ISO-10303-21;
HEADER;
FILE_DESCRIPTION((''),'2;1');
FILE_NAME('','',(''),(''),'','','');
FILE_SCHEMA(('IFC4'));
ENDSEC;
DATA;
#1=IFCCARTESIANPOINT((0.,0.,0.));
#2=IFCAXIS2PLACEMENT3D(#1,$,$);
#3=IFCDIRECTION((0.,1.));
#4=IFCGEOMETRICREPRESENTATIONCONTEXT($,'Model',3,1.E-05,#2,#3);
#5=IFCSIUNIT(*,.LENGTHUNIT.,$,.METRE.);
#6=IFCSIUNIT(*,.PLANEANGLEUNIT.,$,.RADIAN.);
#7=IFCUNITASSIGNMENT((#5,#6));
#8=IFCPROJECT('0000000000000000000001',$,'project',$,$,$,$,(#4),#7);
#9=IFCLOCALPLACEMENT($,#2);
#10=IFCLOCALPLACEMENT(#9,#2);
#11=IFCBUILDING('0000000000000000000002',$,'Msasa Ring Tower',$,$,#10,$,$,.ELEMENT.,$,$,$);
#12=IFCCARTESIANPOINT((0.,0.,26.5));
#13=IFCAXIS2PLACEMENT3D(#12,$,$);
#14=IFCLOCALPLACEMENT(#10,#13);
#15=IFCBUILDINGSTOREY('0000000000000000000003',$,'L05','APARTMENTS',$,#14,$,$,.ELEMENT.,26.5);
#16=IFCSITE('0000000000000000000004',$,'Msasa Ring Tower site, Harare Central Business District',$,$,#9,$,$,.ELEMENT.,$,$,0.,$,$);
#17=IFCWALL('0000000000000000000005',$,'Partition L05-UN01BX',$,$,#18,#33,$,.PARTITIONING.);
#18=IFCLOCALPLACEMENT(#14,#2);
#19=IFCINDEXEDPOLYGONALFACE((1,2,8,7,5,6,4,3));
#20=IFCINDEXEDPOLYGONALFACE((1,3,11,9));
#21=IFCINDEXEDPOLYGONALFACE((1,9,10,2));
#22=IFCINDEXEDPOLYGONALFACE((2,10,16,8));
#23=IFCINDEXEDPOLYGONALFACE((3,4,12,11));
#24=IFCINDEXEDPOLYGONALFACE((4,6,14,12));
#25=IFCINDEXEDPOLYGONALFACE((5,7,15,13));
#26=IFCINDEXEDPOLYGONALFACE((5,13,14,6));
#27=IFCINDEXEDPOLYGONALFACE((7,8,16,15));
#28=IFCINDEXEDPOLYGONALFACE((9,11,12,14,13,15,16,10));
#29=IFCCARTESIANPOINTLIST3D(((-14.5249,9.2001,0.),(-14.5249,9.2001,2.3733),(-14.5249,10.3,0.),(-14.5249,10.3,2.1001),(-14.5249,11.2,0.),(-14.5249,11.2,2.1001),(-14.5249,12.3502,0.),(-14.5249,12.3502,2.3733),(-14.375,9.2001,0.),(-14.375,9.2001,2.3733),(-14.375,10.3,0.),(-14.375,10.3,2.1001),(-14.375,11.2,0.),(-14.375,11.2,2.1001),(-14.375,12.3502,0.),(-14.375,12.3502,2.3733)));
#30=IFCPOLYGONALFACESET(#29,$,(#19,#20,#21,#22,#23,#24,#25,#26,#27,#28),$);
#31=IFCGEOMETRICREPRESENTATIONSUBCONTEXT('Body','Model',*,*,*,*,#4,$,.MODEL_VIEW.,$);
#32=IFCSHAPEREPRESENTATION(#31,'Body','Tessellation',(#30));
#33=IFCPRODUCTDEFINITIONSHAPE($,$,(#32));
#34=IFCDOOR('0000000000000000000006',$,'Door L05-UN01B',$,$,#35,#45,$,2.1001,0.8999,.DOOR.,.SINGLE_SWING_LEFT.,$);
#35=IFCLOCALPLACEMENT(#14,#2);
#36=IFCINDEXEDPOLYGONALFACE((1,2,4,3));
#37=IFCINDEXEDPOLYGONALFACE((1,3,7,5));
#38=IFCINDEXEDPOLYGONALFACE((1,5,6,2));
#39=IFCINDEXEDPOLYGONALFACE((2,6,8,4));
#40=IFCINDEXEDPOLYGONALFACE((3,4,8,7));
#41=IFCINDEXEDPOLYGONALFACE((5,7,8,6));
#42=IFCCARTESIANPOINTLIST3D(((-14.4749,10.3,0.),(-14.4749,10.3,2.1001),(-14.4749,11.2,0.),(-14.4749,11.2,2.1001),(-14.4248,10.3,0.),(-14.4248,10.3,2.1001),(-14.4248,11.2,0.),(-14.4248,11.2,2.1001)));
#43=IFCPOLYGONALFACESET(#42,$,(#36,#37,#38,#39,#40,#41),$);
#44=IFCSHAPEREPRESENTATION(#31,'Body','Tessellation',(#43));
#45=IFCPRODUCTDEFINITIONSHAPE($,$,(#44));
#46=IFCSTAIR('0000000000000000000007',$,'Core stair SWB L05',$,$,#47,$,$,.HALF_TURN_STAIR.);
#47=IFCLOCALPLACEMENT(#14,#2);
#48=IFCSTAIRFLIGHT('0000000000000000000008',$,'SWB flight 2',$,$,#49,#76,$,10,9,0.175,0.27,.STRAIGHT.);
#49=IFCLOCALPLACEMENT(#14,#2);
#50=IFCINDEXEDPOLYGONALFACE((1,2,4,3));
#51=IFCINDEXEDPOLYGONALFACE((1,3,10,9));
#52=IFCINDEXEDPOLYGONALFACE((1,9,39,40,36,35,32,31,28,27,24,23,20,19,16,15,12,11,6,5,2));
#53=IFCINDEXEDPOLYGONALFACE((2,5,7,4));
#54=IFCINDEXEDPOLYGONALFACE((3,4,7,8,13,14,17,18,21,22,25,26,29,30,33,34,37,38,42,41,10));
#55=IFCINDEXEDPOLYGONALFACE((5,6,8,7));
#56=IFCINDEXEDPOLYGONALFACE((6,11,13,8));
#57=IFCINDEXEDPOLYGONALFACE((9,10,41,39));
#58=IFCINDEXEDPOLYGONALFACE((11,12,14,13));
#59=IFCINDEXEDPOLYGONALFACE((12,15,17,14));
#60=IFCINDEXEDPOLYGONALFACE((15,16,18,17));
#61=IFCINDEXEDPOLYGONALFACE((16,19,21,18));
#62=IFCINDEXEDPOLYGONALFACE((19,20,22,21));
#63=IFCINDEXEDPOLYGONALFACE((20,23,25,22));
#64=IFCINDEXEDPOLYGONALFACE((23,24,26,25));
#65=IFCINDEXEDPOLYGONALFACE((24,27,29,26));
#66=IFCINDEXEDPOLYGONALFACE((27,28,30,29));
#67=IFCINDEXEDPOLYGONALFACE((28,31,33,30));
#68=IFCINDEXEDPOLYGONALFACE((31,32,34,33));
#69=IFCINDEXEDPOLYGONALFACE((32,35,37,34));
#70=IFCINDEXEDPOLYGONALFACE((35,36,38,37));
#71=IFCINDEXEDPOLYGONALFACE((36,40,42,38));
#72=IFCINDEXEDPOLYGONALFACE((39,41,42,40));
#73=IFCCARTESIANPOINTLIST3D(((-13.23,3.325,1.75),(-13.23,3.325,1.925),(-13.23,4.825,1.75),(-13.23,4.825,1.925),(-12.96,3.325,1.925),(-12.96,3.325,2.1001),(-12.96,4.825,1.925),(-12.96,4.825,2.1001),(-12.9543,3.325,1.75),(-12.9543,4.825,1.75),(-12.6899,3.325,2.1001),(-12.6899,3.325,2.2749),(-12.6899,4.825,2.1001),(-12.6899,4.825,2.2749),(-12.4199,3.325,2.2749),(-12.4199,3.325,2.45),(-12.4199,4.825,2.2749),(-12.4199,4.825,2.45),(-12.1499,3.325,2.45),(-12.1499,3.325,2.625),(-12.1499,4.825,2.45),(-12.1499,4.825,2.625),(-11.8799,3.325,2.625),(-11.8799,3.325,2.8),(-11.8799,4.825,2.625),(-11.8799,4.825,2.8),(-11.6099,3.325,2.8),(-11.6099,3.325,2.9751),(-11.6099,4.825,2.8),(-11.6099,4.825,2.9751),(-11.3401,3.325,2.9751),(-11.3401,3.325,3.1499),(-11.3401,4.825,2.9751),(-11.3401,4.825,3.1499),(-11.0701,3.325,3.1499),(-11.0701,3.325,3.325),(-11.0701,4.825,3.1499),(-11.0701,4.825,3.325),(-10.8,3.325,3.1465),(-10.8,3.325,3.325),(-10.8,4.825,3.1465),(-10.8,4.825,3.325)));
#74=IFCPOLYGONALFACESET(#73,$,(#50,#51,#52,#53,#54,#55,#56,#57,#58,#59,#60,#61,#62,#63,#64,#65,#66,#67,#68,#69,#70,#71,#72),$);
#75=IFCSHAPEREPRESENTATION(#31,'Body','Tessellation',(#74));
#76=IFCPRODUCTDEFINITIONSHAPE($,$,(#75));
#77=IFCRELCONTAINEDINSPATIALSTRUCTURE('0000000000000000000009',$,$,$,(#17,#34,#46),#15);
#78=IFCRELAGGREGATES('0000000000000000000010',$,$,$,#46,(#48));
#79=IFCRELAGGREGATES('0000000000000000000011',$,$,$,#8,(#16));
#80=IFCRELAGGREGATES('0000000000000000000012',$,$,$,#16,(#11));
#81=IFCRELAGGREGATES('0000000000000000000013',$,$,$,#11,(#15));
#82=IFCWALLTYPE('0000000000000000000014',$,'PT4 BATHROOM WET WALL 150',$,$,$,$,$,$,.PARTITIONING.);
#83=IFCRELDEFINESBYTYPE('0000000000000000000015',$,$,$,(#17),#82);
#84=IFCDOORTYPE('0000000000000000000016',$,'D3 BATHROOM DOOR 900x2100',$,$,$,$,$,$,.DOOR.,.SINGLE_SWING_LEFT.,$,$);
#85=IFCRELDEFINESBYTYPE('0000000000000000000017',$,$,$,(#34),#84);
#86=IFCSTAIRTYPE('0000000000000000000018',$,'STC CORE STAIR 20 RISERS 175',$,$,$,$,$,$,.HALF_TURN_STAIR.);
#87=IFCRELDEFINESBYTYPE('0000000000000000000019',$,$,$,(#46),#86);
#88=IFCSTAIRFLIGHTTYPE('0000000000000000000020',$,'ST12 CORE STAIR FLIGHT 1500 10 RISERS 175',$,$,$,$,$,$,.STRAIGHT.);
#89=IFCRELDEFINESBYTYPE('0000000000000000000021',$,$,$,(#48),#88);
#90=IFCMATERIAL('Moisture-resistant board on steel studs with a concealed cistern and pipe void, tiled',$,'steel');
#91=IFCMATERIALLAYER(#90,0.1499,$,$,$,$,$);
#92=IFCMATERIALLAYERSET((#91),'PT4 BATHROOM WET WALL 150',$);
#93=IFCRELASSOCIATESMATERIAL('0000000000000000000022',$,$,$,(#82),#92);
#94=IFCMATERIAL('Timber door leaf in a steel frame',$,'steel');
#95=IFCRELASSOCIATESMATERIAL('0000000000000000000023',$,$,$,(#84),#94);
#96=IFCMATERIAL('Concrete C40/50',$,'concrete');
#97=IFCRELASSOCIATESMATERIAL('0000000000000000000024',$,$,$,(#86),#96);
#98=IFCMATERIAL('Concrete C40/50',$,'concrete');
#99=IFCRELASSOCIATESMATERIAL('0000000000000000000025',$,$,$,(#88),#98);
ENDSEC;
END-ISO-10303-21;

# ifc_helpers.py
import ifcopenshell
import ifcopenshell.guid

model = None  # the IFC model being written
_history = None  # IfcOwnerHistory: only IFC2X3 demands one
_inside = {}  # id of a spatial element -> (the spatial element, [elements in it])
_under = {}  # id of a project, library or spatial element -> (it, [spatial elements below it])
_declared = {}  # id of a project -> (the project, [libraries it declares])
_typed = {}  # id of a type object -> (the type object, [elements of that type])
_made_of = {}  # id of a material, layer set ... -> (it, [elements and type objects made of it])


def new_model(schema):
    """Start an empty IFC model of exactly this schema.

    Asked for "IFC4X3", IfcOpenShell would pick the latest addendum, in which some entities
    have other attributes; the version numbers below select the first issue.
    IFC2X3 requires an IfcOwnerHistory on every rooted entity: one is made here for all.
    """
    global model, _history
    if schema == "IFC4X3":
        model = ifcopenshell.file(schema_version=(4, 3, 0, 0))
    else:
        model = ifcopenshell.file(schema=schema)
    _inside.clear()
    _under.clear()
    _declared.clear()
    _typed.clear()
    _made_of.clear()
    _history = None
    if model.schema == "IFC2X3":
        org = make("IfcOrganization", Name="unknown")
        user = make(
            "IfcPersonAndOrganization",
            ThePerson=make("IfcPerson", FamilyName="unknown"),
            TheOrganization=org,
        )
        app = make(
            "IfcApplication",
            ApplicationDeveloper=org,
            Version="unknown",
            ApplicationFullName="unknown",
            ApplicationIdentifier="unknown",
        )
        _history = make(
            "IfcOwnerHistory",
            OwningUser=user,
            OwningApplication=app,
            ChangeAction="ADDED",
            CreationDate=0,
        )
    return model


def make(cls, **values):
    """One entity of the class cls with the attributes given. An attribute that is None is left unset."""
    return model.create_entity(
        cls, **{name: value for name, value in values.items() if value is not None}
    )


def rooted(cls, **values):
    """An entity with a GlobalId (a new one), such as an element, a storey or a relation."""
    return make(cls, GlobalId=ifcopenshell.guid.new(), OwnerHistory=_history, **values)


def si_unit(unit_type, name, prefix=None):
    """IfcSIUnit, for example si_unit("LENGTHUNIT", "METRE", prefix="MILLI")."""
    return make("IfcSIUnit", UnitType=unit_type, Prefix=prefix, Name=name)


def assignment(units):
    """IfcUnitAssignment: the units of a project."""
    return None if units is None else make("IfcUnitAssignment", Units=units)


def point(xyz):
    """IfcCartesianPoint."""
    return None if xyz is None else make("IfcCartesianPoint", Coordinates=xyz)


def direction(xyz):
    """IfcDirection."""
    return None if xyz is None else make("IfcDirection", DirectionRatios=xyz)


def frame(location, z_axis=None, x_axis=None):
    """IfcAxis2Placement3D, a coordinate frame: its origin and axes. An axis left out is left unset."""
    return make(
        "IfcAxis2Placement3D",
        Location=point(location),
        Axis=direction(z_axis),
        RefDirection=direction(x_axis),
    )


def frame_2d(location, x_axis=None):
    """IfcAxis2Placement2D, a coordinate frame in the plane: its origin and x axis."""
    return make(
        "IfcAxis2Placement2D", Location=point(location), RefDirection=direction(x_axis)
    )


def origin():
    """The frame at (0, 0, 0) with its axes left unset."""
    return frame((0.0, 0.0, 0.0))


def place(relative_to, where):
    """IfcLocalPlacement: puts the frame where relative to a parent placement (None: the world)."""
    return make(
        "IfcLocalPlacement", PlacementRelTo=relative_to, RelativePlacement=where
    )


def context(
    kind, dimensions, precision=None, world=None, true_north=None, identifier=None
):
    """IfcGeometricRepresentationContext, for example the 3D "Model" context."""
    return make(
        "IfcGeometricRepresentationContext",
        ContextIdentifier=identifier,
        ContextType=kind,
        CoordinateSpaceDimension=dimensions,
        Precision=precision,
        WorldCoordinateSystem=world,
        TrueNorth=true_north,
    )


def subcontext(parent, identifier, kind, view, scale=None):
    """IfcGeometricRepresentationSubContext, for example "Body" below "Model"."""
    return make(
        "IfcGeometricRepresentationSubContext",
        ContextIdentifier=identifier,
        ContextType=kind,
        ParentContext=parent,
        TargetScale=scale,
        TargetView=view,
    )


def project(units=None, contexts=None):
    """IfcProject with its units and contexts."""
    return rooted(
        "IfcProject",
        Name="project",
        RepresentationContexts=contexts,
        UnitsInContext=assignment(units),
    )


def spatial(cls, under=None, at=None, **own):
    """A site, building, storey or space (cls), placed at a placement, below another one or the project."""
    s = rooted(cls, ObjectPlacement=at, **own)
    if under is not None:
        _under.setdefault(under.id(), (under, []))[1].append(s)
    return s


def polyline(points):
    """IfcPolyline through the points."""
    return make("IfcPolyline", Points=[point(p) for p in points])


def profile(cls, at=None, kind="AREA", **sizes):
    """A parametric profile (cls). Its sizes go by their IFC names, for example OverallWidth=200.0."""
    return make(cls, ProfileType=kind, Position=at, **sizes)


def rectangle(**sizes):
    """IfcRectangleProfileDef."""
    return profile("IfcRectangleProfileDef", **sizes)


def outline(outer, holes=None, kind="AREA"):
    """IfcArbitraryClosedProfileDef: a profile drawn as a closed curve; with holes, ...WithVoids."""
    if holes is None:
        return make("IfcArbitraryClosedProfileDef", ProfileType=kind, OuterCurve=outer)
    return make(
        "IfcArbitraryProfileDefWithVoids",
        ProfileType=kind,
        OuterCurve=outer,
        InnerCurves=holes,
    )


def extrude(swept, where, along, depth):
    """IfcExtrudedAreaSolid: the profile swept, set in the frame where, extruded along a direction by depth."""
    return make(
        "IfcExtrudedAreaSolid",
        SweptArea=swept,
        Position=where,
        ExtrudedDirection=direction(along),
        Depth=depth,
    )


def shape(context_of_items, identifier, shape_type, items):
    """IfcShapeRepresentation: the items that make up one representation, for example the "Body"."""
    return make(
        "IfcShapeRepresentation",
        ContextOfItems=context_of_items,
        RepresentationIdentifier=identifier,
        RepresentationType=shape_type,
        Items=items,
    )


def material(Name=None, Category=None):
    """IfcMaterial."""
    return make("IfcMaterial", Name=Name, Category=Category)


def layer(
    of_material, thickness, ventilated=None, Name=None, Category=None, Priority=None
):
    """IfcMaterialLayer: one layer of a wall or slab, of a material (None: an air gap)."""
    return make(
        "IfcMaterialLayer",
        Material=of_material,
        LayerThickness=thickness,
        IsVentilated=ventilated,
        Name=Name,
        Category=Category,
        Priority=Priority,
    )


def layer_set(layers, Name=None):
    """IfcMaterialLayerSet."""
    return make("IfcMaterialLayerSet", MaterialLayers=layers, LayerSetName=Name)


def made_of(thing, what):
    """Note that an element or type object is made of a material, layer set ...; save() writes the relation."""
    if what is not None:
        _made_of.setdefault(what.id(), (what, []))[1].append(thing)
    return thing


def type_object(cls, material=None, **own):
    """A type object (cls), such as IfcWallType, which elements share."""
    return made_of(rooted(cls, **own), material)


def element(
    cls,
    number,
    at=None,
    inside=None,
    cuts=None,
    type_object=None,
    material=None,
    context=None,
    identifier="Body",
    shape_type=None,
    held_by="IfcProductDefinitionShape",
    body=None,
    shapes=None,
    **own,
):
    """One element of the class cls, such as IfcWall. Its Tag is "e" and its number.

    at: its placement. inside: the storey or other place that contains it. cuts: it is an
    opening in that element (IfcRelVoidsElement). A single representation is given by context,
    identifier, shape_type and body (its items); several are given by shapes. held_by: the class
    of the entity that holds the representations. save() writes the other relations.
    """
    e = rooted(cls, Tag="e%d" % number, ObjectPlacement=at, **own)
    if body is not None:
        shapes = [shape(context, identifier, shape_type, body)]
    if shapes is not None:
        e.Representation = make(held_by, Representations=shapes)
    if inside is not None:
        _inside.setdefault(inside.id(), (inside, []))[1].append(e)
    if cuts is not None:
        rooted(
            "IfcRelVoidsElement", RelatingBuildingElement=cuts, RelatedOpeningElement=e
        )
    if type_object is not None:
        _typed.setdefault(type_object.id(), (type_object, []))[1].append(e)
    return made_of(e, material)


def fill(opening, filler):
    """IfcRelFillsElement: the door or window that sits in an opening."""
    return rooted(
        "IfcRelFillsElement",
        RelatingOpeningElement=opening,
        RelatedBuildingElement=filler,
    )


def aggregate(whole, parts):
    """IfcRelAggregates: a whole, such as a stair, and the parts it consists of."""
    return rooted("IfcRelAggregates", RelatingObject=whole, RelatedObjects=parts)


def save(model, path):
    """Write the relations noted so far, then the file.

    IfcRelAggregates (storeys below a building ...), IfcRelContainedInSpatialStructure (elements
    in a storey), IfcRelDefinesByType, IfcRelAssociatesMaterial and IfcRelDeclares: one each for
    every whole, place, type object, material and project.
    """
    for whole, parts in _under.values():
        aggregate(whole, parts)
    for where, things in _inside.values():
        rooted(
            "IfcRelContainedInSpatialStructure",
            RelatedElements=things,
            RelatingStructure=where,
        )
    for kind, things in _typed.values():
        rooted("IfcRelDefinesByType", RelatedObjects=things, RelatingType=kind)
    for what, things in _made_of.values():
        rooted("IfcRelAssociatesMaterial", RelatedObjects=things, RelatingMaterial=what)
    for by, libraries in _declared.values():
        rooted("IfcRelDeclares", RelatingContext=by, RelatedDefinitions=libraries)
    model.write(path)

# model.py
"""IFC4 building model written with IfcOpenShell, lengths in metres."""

from ifc_helpers import new_model, si_unit, direction, frame, frame_2d, origin, place, context, subcontext, project, spatial, polyline, rectangle, outline, extrude, material, layer, layer_set, type_object, element, fill, aggregate, save


model = new_model("IFC4")

# Units and contexts
model_context = context("Model", 3, precision=1e-05, world=origin(), true_north=direction((0.0, 1.0)))
body_context = subcontext(model_context, "Body", "Model", "MODEL_VIEW")
ifc_project = project(units=[si_unit("LENGTHUNIT", "METRE"), si_unit("PLANEANGLEUNIT", "RADIAN")], contexts=[model_context])

# Site, building, storey
site_placement = place(None, origin())
site = spatial("IfcSite", under=ifc_project, at=site_placement, Name="Msasa Ring Tower site, Harare Central Business District", CompositionType="ELEMENT", RefElevation=0.0)
building_placement = place(site_placement, origin())
building = spatial("IfcBuilding", under=site, at=building_placement, Name="Msasa Ring Tower", CompositionType="ELEMENT")
storey_placement = place(building_placement, frame((0.0, 0.0, 26.5)))
storey = spatial("IfcBuildingStorey", under=building, at=storey_placement, Name="L05", Description="APARTMENTS", CompositionType="ELEMENT", Elevation=26.5)

# Wall, opening, door
ifc_material_1 = material(Name="Moisture-resistant board on steel studs with a concealed cistern and pipe void, tiled", Category="steel")
ifc_layer_1 = layer(ifc_material_1, 0.1499)
ifc_layer_set_1 = layer_set([ifc_layer_1], Name="PT4 BATHROOM WET WALL 150")
wall_type_1 = type_object("IfcWallType", Name="PT4 BATHROOM WET WALL 150", PredefinedType="PARTITIONING", material=ifc_layer_set_1)
wall_1_placement = place(storey_placement, frame((-14.45, 9.2, 0.0), z_axis=(0.0, 0.0, 1.0), x_axis=(0.0, 1.0, 0.0)))
wall_1 = element("IfcWall", 1, at=wall_1_placement, inside=storey, type_object=wall_type_1, Name="Partition L05-UN01BX", PredefinedType="PARTITIONING", context=body_context, shape_type="SweptSolid", body=[
    extrude(rectangle(XDim=3.1501, YDim=0.1499, at=frame_2d((1.5752, 0.0))), origin(), (0.0, 0.0, 1.0), 2.3733),
])
opening_1_placement = place(wall_1_placement, frame((1.1001, 0.0, 0.0)))
opening_1 = element("IfcOpeningElement", 2, at=opening_1_placement, cuts=wall_1, PredefinedType="OPENING", context=body_context, shape_type="SweptSolid", body=[
    extrude(rectangle(XDim=0.8999, YDim=2.1001, at=frame_2d((0.45, 1.05))), frame((0.0, 0.085, 0.0), z_axis=(0.0, -1.0, 0.0), x_axis=(1.0, 0.0, 0.0)), (0.0, 0.0, 1.0), 0.1699),
])
ifc_material_2 = material(Name="Timber door leaf in a steel frame", Category="steel")
door_type_1 = type_object("IfcDoorType", Name="D3 BATHROOM DOOR 900x2100", OperationType="SINGLE_SWING_LEFT", PredefinedType="DOOR", material=ifc_material_2)
door_1_placement = place(opening_1_placement, origin())
door_1 = element("IfcDoor", 3, at=door_1_placement, inside=storey, type_object=door_type_1, Name="Door L05-UN01B", OperationType="SINGLE_SWING_LEFT", OverallHeight=2.1001, OverallWidth=0.8999, PredefinedType="DOOR", context=body_context, shape_type="SweptSolid", body=[
    extrude(rectangle(XDim=0.8999, YDim=2.1001, at=frame_2d((0.45, 1.05))), frame((0.0, 0.0249, 0.0), z_axis=(0.0, -1.0, 0.0), x_axis=(1.0, 0.0, 0.0)), (0.0, 0.0, 1.0), 0.05),
])
fill(opening_1, door_1)

# Stair, stair flight
ifc_material_3 = material(Name="Concrete C40/50", Category="concrete")
stair_type = type_object("IfcStairType", Name="STC CORE STAIR 20 RISERS 175", PredefinedType="HALF_TURN_STAIR", material=ifc_material_3)
stair_placement = place(storey_placement, origin())
stair = element("IfcStair", 4, at=stair_placement, inside=storey, type_object=stair_type, Name="Core stair SWB L05", PredefinedType="HALF_TURN_STAIR")
ifc_material_4 = material(Name="Concrete C40/50", Category="concrete")
stair_flight_type = type_object("IfcStairFlightType", Name="ST12 CORE STAIR FLIGHT 1500 10 RISERS 175", PredefinedType="STRAIGHT", material=ifc_material_4)
stair_flight_placement = place(storey_placement, frame((-13.23, 4.075, 1.75), z_axis=(0.0, 0.0, 1.0), x_axis=(1.0, 0.0, 0.0)))
stair_flight = element("IfcStairFlight", 5, at=stair_flight_placement, type_object=stair_flight_type, Name="SWB flight 2", NumberOfRisers=10, NumberOfTreads=9, PredefinedType="STRAIGHT", RiserHeight=0.175, TreadLength=0.27, context=body_context, shape_type="SweptSolid", body=[
    extrude(outline(polyline([(0.0, 0.0), (0.0, 0.175), (0.27, 0.175), (0.27, 0.3501), (0.54, 0.3501), (0.54, 0.5249), (0.8101, 0.5249), (0.8101, 0.7), (1.0801, 0.7), (1.0801, 0.875), (1.3501, 0.875), (1.3501, 1.05), (1.6201, 1.05), (1.6201, 1.2251), (1.8899, 1.2251), (1.8899, 1.3999), (2.1599, 1.3999), (2.1599, 1.575), (2.4299, 1.575), (2.4299, 1.75), (2.4299, 1.3965), (0.2756, 0.0), (0.0, 0.0)])), frame((0.0, 0.75, 0.0), z_axis=(0.0, -1.0, 0.0), x_axis=(1.0, 0.0, 0.0)), (0.0, 0.0, 1.0), 1.5),
])
aggregate(stair, [stair_flight])

save(model, "model.ifc")
